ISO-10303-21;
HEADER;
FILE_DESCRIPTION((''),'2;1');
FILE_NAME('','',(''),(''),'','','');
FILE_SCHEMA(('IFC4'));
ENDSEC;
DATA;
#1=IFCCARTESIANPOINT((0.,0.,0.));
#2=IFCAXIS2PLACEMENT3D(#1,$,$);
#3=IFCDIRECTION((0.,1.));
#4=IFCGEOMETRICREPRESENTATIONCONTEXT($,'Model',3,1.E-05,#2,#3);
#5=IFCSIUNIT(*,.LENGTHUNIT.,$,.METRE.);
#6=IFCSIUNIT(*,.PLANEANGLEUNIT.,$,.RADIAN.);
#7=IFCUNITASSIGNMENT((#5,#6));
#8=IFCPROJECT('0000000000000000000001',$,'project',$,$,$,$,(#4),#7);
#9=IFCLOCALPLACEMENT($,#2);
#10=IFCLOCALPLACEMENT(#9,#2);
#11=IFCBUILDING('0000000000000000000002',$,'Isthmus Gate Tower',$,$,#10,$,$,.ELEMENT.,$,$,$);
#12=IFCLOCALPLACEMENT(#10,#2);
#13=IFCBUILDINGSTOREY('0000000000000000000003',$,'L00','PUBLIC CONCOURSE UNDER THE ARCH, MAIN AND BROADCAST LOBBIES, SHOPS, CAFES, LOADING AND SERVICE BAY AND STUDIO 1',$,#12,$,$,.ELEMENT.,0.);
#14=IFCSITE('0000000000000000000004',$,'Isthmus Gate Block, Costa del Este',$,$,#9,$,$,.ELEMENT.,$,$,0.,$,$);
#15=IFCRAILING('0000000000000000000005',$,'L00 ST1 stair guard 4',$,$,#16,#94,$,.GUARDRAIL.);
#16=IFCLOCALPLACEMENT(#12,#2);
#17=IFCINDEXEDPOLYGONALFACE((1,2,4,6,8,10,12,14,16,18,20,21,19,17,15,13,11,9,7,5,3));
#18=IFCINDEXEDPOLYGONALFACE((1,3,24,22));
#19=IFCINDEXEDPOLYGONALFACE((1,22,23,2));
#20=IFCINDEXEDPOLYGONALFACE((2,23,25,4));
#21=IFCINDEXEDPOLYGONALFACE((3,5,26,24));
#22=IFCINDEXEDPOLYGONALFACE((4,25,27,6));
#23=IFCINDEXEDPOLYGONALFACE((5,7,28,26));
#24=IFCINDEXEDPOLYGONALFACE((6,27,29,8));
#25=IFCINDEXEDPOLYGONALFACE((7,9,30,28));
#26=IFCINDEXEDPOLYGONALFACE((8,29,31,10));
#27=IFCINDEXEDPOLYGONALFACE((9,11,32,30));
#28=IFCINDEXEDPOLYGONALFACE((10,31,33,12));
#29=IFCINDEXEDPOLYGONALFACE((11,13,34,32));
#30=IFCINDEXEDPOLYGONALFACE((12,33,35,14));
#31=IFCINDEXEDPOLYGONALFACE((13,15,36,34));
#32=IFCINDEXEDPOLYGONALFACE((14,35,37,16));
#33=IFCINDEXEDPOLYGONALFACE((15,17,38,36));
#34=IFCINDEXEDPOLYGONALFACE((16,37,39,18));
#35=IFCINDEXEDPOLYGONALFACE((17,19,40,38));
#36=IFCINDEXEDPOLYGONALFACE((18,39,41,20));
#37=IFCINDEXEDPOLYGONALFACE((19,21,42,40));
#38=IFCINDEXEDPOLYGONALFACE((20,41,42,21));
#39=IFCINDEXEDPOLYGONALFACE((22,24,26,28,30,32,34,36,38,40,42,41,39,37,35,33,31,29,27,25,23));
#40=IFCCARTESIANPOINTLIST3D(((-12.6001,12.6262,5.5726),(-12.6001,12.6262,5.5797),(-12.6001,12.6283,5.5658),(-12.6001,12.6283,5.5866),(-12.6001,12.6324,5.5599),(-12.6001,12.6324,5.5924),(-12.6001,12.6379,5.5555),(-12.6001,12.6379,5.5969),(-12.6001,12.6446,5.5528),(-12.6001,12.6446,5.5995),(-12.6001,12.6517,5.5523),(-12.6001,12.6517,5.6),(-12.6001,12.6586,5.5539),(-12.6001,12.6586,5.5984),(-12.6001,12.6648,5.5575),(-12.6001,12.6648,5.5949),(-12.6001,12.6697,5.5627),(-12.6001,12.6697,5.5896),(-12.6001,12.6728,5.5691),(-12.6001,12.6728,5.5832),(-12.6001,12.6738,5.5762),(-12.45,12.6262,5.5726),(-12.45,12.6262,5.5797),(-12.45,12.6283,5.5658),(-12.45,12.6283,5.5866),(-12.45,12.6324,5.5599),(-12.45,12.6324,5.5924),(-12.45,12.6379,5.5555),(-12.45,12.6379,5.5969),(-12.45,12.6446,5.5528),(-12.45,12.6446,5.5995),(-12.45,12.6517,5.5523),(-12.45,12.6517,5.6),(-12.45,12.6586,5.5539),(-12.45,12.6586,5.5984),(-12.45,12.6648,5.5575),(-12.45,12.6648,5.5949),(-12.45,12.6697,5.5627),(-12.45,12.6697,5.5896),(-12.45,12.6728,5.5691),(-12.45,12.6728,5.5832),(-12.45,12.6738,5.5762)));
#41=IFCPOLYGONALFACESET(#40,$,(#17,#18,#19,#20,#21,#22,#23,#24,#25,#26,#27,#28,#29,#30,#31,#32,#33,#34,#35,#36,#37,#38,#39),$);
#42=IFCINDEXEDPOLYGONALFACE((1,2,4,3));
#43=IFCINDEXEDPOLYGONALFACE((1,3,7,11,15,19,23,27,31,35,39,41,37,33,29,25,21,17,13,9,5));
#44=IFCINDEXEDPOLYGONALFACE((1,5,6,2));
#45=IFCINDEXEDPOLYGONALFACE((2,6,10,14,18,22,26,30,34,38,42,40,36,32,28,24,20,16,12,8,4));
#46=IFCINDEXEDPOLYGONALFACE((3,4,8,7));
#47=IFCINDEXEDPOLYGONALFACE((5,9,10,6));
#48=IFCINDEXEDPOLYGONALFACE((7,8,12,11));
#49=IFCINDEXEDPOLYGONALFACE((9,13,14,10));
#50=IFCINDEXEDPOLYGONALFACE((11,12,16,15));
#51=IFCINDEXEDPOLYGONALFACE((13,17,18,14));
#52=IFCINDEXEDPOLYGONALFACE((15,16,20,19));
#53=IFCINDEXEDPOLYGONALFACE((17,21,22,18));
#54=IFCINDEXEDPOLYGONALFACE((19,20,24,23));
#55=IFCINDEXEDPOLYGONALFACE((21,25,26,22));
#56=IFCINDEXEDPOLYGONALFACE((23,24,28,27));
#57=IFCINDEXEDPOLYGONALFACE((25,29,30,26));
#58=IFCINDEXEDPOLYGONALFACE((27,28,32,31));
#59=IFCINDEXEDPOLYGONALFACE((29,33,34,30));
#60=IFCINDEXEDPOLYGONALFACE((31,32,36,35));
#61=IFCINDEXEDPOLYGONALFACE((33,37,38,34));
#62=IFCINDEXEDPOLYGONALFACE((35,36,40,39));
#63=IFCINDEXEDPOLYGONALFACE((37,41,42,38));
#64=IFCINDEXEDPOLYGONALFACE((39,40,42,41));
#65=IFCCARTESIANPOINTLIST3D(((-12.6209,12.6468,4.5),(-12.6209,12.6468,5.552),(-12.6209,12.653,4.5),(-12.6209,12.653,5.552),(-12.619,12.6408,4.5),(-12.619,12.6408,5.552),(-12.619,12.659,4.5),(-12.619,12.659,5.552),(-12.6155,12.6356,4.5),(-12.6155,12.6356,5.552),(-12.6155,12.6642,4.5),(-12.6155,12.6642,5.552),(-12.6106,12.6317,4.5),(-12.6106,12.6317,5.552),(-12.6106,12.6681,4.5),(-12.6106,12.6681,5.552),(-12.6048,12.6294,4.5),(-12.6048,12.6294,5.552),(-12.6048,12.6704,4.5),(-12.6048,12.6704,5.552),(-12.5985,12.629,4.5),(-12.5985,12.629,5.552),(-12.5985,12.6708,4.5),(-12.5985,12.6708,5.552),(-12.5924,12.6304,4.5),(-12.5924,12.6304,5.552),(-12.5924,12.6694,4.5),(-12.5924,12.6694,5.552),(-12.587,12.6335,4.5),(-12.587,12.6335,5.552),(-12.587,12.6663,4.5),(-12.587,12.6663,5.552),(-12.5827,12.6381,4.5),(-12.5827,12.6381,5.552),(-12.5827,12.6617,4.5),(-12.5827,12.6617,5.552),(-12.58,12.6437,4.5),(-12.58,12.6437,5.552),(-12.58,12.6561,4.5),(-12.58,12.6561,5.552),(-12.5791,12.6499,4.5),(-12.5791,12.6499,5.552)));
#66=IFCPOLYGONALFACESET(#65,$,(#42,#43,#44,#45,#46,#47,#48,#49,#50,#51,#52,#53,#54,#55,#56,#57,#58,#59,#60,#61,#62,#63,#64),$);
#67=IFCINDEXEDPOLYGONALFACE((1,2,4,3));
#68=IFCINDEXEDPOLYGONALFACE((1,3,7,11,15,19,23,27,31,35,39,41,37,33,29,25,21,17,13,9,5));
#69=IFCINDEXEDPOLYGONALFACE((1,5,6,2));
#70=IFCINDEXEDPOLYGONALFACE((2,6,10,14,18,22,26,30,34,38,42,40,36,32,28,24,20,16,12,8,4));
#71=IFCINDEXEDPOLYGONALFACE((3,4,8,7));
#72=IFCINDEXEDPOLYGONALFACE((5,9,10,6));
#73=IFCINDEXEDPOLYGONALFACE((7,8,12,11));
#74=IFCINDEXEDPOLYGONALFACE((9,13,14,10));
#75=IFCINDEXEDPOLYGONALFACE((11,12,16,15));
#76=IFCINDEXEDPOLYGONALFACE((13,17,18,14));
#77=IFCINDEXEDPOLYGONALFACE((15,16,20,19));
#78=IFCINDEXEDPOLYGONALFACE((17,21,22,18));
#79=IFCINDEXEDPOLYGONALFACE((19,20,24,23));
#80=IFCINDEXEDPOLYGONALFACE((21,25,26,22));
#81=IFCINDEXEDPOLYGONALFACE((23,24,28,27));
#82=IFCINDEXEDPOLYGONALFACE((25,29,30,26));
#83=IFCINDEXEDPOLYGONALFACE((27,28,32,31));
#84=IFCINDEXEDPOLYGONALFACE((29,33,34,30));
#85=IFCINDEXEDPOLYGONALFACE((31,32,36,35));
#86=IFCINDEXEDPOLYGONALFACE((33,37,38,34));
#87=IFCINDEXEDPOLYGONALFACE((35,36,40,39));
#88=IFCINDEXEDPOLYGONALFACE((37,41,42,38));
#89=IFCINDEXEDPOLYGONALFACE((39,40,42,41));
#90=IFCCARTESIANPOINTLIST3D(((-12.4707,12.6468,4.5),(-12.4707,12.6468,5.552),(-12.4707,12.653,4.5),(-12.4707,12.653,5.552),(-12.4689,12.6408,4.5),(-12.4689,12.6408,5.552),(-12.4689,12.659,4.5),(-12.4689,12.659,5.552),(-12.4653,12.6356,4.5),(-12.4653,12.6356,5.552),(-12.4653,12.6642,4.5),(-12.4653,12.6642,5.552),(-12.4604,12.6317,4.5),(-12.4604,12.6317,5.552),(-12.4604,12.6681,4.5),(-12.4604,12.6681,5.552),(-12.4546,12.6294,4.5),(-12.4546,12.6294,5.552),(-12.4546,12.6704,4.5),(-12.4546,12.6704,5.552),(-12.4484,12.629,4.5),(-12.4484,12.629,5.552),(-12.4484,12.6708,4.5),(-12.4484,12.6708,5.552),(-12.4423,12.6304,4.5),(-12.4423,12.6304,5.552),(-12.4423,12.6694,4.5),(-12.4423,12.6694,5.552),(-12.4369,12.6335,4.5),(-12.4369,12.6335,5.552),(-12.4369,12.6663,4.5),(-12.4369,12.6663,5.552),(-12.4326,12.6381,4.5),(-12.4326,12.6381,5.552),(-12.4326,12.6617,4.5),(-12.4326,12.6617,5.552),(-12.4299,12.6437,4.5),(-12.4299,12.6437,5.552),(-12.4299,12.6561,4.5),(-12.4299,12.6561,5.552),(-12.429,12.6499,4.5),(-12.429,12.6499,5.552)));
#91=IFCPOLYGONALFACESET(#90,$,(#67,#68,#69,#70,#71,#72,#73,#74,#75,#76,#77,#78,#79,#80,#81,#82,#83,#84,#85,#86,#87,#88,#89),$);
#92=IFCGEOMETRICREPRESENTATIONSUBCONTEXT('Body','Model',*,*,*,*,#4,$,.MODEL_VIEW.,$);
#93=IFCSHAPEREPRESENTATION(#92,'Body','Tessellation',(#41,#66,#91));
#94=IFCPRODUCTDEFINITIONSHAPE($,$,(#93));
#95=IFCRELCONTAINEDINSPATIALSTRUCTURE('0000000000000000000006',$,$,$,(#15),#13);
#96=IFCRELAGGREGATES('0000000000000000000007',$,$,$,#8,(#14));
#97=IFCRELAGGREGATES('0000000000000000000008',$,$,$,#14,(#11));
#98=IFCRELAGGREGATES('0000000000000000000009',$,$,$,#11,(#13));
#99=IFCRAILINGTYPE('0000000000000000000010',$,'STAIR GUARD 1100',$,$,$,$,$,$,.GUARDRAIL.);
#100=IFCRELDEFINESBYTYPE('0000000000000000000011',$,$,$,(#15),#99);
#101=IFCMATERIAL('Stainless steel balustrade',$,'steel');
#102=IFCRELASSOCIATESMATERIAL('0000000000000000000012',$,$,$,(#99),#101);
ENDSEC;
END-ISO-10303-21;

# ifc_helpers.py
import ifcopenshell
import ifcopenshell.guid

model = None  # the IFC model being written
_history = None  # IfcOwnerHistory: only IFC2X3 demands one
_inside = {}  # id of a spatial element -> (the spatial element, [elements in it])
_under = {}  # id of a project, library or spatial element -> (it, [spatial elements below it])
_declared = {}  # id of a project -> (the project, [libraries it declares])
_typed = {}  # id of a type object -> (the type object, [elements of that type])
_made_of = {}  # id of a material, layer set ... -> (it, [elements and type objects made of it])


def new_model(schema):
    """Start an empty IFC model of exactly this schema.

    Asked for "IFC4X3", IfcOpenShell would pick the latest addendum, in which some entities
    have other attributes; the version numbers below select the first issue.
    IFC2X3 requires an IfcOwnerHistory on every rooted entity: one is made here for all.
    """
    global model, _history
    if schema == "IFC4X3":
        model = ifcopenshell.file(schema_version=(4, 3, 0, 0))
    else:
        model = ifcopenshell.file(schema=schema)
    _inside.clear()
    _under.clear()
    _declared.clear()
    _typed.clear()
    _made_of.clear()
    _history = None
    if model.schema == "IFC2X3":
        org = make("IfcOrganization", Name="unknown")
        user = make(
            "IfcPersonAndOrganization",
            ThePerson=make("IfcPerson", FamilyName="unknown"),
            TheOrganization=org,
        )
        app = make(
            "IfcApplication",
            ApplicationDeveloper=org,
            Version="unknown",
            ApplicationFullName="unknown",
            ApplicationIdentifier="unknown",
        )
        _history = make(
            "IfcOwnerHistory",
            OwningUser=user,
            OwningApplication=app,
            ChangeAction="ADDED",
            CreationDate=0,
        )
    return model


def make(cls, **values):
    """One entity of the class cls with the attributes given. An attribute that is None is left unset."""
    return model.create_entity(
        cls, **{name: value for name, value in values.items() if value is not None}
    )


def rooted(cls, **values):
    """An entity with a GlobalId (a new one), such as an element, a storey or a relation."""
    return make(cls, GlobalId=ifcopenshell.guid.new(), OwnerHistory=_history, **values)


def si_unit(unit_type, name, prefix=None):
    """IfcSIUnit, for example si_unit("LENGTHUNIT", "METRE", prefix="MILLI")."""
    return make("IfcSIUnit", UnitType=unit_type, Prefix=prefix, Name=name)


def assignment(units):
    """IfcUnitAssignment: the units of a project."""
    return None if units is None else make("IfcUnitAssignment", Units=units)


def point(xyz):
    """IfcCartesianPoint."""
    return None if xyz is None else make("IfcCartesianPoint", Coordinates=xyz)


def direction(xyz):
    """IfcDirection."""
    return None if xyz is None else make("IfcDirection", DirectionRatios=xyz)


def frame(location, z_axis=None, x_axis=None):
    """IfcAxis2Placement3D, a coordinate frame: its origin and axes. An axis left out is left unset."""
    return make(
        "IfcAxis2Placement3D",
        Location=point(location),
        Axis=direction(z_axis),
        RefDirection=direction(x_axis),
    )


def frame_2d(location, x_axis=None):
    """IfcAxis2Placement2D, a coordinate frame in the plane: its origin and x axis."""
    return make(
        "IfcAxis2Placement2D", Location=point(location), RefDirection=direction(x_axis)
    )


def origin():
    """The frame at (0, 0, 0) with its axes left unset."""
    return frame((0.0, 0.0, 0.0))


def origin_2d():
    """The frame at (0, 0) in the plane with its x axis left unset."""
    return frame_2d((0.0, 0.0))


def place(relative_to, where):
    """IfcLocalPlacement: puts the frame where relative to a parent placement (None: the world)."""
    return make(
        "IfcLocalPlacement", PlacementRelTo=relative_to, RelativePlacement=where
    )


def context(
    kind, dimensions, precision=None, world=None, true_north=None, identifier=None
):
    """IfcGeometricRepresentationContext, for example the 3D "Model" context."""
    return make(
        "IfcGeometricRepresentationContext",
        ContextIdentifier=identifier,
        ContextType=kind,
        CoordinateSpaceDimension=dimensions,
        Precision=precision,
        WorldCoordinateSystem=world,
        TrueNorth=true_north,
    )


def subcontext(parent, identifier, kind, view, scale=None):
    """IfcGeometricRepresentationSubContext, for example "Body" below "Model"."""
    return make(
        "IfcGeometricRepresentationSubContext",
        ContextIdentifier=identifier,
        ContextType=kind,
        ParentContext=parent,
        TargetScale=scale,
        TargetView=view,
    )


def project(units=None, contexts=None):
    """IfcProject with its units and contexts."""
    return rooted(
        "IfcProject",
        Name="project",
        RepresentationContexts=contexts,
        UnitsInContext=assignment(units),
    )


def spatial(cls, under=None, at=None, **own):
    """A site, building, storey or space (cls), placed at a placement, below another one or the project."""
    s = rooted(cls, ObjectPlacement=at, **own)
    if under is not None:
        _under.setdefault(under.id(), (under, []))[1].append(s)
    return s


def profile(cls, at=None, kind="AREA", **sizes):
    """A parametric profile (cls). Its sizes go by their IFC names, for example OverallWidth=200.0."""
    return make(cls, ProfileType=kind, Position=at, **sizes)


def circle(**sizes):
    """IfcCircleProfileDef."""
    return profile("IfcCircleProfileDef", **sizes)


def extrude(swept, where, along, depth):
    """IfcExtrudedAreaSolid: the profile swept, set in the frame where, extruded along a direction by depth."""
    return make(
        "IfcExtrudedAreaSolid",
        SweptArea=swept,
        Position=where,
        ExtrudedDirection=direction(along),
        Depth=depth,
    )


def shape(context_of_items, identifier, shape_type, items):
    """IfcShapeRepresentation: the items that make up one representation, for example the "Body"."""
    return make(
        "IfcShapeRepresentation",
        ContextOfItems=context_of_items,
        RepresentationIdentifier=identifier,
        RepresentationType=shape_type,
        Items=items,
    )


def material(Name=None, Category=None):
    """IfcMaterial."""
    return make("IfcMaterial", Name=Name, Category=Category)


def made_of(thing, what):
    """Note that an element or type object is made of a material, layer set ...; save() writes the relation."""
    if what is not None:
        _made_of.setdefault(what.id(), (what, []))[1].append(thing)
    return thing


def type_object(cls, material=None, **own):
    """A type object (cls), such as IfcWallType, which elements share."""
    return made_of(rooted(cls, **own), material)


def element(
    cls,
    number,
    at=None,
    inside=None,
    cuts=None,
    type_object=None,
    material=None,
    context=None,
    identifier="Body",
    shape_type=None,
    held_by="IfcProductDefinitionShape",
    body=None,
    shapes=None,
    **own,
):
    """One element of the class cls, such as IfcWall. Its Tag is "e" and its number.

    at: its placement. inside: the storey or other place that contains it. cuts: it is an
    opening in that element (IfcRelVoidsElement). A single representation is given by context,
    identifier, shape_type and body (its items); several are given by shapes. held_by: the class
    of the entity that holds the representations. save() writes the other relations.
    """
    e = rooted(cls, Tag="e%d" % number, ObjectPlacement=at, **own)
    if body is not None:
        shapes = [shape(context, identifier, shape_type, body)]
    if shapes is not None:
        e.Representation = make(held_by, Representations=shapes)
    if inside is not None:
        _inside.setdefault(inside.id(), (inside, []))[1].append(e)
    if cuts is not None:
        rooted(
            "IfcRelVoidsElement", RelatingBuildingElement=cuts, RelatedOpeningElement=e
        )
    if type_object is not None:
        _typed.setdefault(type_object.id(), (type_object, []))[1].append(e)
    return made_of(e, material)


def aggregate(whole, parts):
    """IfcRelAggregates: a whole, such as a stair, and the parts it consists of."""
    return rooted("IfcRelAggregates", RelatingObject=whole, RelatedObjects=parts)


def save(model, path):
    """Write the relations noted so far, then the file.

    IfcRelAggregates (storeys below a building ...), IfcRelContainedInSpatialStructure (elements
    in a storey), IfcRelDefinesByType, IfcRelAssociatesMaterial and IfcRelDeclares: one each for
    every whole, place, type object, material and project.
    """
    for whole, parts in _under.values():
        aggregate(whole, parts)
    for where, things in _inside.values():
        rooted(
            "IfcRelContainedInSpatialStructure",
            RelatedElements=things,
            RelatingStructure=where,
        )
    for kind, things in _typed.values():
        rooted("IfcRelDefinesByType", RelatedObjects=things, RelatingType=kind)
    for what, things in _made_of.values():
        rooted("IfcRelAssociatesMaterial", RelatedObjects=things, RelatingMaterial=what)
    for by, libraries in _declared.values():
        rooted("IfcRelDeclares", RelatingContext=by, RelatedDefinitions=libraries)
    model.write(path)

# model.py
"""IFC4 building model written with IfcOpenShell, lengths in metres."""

from ifc_helpers import new_model, si_unit, direction, frame, origin, origin_2d, place, context, subcontext, project, spatial, circle, extrude, material, type_object, element, save


model = new_model("IFC4")

# Units and contexts
model_context = context("Model", 3, precision=1e-05, world=origin(), true_north=direction((0.0, 1.0)))
body_context = subcontext(model_context, "Body", "Model", "MODEL_VIEW")
ifc_project = project(units=[si_unit("LENGTHUNIT", "METRE"), si_unit("PLANEANGLEUNIT", "RADIAN")], contexts=[model_context])

# Site, building, storey
site_placement = place(None, origin())
site = spatial("IfcSite", under=ifc_project, at=site_placement, Name="Isthmus Gate Block, Costa del Este", CompositionType="ELEMENT", RefElevation=0.0)
building_placement = place(site_placement, origin())
building = spatial("IfcBuilding", under=site, at=building_placement, Name="Isthmus Gate Tower", CompositionType="ELEMENT")
storey_placement = place(building_placement, origin())
storey = spatial("IfcBuildingStorey", under=building, at=storey_placement, Name="L00", Description="PUBLIC CONCOURSE UNDER THE ARCH, MAIN AND BROADCAST LOBBIES, SHOPS, CAFES, LOADING AND SERVICE BAY AND STUDIO 1", CompositionType="ELEMENT", Elevation=0.0)

# Railing
ifc_material_1 = material(Name="Stainless steel balustrade", Category="steel")
railing_type_1 = type_object("IfcRailingType", Name="STAIR GUARD 1100", PredefinedType="GUARDRAIL", material=ifc_material_1)
railing_1_placement = place(storey_placement, frame((-12.6001, 12.6499, 4.5)))
element("IfcRailing", 1, at=railing_1_placement, inside=storey, type_object=railing_type_1, Name="L00 ST1 stair guard 4", PredefinedType="GUARDRAIL", context=body_context, shape_type="SweptSolid", body=[
    extrude(circle(Radius=0.0239, at=origin_2d()), frame((0.0, 0.0, 1.0762), z_axis=(1.0, 0.0, 0.0), x_axis=(0.0, 1.0, 0.0)), (0.0, 0.0, 1.0), 0.1501),
    extrude(circle(Radius=0.021, at=origin_2d()), origin(), (0.0, 0.0, 1.0), 1.052),
    extrude(circle(Radius=0.021, at=origin_2d()), frame((0.1501, 0.0, 0.0)), (0.0, 0.0, 1.0), 1.052),
])

save(model, "model.ifc")
